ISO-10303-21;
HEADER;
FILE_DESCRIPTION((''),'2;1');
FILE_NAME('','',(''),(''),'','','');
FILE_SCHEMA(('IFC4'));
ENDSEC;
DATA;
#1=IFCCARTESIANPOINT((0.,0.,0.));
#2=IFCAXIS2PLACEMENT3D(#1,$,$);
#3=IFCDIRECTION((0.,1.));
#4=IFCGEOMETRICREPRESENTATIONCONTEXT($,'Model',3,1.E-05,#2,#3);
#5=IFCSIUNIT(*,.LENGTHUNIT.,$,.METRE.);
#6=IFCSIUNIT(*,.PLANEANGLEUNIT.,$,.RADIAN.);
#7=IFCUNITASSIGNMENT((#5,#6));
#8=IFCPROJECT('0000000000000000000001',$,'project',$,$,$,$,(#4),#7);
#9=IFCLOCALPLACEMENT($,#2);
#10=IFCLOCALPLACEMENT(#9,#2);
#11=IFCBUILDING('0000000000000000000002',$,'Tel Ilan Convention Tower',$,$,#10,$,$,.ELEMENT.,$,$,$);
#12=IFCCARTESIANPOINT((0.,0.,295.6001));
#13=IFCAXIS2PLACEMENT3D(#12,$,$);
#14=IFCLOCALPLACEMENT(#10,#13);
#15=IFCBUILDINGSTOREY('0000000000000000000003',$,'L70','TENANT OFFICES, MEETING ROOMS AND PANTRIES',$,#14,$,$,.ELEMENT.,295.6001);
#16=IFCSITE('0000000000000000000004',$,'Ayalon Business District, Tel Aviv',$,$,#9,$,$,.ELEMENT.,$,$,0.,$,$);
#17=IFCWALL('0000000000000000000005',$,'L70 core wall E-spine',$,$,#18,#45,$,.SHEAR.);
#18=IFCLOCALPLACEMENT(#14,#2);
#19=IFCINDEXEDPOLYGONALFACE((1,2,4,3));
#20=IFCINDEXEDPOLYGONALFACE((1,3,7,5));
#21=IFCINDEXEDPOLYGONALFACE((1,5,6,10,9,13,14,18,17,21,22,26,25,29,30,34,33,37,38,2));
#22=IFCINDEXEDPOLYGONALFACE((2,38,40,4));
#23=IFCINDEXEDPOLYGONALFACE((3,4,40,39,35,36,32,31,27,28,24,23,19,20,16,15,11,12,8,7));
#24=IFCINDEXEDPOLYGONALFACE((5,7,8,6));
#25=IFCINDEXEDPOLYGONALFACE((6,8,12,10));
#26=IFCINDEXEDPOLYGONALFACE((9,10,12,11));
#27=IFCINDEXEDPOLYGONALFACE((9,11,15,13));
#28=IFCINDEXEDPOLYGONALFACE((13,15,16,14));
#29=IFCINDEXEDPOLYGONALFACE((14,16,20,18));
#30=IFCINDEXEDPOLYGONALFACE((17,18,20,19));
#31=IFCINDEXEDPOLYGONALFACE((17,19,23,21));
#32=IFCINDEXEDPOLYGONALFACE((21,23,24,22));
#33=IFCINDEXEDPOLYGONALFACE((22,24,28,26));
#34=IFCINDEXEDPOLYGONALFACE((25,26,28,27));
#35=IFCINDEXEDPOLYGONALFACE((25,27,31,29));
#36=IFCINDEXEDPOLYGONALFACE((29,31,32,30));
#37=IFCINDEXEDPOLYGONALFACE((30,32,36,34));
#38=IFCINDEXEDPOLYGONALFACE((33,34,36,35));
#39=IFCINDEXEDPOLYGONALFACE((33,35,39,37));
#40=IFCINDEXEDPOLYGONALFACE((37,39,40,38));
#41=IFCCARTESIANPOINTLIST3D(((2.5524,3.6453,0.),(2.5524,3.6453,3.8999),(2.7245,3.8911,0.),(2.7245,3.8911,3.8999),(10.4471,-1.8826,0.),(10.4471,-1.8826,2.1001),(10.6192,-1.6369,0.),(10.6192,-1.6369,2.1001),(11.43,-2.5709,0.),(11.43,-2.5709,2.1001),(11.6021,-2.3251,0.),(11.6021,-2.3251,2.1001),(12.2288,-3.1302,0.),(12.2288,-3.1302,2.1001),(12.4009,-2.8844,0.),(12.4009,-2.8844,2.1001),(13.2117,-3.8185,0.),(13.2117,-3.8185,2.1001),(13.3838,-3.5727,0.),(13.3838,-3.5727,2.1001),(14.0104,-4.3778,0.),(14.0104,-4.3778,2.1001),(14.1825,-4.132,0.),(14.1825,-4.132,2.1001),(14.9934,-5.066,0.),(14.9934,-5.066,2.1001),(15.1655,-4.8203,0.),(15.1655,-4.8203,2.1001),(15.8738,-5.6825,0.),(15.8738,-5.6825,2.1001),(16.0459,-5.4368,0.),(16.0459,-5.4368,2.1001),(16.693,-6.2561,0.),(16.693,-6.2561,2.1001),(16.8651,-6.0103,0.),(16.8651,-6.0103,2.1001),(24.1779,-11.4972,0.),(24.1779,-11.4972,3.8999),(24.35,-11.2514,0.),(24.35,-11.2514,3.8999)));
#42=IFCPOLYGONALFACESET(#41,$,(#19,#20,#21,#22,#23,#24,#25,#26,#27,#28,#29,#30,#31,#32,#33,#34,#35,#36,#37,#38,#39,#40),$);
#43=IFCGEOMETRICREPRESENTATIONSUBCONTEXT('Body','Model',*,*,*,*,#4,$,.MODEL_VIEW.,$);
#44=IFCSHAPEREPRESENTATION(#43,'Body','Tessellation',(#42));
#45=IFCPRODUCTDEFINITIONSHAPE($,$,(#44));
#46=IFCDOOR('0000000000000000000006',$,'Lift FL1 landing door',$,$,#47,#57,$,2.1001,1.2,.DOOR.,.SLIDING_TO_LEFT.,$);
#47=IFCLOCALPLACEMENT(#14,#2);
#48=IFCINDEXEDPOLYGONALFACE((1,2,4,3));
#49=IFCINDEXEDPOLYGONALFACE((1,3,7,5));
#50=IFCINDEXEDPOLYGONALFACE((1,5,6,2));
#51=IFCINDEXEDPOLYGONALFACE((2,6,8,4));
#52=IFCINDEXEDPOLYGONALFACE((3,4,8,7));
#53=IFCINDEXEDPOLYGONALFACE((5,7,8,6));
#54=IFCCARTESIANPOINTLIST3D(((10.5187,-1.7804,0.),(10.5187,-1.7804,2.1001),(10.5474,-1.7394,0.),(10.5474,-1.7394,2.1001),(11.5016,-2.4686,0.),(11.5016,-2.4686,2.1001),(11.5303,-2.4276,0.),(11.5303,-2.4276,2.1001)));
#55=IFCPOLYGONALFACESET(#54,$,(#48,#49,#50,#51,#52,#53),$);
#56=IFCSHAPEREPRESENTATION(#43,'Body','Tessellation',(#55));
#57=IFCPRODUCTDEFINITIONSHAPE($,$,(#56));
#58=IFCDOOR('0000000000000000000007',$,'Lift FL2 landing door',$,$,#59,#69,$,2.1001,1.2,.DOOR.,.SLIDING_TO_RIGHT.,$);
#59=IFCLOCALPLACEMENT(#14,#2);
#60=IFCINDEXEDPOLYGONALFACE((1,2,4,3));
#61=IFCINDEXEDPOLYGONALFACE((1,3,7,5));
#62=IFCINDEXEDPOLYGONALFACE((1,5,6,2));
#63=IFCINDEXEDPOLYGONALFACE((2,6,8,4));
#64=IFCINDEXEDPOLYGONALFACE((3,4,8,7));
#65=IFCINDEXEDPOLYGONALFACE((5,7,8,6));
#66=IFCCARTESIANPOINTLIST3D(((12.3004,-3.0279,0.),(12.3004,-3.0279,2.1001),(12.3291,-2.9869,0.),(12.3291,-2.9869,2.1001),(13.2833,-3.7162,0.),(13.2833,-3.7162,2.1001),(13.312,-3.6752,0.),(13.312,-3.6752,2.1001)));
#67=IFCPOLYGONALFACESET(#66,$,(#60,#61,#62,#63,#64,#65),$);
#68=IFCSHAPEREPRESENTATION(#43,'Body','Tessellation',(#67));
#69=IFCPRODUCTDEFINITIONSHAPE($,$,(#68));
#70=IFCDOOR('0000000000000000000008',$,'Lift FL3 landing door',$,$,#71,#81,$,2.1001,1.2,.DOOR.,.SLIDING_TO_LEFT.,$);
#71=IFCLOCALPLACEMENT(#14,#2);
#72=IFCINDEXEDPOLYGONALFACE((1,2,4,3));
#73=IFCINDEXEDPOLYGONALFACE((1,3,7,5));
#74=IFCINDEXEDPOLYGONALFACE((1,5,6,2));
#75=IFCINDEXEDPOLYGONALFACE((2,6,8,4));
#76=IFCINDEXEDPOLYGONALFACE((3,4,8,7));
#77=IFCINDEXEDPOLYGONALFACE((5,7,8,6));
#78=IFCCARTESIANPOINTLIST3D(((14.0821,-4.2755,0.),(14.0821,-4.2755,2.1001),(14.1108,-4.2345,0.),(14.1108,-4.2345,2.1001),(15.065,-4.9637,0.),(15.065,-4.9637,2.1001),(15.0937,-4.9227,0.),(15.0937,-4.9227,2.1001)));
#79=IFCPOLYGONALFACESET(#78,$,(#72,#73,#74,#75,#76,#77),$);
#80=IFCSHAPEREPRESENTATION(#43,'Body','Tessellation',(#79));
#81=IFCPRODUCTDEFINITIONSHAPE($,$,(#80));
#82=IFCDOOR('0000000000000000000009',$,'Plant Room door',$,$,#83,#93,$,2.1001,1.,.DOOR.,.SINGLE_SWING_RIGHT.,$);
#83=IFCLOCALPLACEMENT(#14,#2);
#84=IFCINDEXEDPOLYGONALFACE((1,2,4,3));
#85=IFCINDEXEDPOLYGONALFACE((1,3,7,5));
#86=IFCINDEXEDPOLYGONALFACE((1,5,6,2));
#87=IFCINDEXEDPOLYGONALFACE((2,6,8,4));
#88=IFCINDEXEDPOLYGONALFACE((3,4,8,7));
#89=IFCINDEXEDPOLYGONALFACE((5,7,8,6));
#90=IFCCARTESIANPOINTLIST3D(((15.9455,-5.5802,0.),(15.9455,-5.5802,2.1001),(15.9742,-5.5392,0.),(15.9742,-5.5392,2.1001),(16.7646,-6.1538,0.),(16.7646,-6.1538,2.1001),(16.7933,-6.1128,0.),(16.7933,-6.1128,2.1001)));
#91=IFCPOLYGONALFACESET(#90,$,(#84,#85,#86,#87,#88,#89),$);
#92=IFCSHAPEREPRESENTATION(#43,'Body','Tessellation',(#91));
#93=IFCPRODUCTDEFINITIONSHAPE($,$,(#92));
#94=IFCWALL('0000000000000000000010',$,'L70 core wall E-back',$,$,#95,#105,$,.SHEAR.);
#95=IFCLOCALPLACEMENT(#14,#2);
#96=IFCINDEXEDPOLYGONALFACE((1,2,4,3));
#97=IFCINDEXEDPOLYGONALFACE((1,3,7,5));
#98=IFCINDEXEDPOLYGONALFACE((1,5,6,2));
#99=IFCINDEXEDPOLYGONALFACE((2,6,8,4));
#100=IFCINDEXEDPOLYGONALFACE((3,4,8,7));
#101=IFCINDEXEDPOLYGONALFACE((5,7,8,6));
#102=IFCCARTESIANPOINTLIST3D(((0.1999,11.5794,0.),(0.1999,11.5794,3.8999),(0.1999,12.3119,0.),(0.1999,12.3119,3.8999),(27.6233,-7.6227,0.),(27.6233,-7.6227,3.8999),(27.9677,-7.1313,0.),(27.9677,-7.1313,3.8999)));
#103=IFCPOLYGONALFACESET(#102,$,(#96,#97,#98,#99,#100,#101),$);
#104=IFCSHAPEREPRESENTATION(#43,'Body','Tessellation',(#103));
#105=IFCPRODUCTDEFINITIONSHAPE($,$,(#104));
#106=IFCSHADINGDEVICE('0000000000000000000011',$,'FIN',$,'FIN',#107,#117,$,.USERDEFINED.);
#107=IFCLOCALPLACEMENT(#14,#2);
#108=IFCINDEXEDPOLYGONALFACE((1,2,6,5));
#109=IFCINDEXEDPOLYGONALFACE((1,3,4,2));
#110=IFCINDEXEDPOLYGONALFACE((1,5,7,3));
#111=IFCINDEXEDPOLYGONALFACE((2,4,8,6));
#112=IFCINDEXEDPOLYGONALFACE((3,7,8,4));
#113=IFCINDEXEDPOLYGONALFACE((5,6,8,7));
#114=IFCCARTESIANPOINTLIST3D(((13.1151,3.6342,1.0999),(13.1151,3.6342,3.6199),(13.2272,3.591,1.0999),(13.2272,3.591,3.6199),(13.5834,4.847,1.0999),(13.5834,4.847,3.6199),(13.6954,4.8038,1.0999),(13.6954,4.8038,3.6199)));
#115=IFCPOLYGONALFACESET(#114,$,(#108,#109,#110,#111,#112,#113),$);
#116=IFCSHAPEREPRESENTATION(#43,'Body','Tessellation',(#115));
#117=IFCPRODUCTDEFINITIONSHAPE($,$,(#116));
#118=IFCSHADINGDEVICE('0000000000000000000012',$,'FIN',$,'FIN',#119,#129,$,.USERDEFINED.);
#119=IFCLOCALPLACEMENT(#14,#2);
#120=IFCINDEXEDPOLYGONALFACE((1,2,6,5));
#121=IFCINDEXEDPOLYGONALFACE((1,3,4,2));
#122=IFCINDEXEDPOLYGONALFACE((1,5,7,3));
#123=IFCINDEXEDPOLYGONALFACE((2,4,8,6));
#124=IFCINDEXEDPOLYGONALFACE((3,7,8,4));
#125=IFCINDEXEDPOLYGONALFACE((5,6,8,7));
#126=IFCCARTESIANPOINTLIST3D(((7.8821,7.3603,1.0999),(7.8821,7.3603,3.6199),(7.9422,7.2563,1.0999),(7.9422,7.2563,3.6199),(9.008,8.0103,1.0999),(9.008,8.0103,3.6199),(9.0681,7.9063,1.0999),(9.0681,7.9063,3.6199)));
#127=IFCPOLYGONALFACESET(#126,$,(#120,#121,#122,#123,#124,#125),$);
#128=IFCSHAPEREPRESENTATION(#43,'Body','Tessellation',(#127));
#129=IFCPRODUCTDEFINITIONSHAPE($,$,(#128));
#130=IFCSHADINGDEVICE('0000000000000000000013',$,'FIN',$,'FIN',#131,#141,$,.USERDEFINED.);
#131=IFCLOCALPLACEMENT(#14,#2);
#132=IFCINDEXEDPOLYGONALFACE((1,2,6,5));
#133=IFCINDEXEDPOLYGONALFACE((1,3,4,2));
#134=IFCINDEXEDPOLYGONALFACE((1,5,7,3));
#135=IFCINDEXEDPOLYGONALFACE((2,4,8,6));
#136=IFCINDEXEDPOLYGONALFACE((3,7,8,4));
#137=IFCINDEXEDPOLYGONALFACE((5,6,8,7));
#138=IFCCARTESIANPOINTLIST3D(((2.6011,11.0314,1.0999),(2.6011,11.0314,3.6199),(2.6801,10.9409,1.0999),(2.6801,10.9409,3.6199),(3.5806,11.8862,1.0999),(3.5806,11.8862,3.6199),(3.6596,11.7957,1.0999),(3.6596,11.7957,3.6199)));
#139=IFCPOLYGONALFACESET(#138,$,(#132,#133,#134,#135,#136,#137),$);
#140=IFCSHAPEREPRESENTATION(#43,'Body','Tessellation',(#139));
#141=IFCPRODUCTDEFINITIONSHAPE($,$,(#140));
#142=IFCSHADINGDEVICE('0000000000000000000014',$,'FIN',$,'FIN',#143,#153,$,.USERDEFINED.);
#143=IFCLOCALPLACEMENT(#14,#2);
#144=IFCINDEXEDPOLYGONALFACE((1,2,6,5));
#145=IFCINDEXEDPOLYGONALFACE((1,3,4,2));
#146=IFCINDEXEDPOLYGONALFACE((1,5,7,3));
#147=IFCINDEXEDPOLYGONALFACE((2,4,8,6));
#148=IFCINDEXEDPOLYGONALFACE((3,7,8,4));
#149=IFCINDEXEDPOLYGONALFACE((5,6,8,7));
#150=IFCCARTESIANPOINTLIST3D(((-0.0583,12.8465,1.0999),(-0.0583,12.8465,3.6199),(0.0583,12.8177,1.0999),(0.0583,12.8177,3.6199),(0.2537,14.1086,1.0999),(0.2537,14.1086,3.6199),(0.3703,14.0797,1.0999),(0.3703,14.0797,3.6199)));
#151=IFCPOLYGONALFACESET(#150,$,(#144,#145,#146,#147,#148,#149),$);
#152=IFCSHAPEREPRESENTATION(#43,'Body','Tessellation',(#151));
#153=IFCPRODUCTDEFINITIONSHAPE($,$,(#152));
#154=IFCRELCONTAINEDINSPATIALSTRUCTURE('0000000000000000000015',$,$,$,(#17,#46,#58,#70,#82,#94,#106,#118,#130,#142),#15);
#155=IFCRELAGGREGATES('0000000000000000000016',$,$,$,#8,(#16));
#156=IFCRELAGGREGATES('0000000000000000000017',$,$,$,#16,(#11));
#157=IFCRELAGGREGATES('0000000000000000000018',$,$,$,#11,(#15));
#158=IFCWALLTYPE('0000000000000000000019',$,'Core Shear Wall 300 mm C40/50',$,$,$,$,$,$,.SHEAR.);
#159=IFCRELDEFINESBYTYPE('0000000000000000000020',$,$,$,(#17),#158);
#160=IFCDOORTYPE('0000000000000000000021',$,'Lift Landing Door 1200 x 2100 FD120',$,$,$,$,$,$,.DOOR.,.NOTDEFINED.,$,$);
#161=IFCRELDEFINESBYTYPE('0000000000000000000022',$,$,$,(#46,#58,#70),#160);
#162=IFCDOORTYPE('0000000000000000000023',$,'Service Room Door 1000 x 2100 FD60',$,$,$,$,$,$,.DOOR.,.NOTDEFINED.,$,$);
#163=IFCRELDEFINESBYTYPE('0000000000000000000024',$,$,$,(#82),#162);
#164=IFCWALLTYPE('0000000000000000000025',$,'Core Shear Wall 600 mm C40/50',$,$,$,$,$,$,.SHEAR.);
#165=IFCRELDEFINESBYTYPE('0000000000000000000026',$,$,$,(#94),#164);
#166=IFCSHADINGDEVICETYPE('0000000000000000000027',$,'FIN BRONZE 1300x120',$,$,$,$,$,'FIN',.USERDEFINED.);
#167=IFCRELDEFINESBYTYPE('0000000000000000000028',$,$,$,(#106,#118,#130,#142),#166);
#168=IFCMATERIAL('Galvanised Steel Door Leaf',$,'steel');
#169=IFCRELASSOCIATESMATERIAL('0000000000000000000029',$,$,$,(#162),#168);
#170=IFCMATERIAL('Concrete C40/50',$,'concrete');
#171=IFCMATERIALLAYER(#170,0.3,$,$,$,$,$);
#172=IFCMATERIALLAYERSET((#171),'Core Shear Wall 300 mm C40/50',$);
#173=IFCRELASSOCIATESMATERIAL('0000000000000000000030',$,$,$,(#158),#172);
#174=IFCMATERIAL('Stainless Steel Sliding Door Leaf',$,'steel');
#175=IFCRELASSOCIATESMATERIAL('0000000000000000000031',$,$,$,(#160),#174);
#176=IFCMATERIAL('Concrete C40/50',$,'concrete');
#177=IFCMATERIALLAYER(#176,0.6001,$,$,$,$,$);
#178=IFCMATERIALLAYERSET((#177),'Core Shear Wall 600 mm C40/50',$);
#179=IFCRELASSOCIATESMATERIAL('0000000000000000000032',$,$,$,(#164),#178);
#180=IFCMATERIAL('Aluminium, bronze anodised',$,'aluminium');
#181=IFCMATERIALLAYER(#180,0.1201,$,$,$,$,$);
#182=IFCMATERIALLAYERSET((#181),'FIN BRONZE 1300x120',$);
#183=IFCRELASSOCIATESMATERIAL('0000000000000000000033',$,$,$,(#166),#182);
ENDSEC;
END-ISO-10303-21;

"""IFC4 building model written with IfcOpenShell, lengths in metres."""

from ifc_helpers import new_model, si_unit, direction, frame, frame_2d, origin, origin_2d, place, context, subcontext, project, spatial, polyline, rectangle, outline, extrude, material, layer, layer_set, type_object, element, fill, save


model = new_model("IFC4")

# Units and contexts
model_context = context("Model", 3, precision=1e-05, world=origin(), true_north=direction((0.0, 1.0)))
body_context = subcontext(model_context, "Body", "Model", "MODEL_VIEW")
ifc_project = project(units=[si_unit("LENGTHUNIT", "METRE"), si_unit("PLANEANGLEUNIT", "RADIAN")], contexts=[model_context])

# Site, building, storey
site_placement = place(None, origin())
site = spatial("IfcSite", under=ifc_project, at=site_placement, Name="Ayalon Business District, Tel Aviv", CompositionType="ELEMENT", RefElevation=0.0)
building_placement = place(site_placement, origin())
building = spatial("IfcBuilding", under=site, at=building_placement, Name="Tel Ilan Convention Tower", CompositionType="ELEMENT")
storey_placement = place(building_placement, frame((0.0, 0.0, 295.6001)))
storey = spatial("IfcBuildingStorey", under=building, at=storey_placement, Name="L70", Description="TENANT OFFICES, MEETING ROOMS AND PANTRIES", CompositionType="ELEMENT", Elevation=295.6001)

# Shared definitions
ifc_material_1 = material(Name="Galvanised Steel Door Leaf", Category="steel")
door_type_1 = type_object("IfcDoorType", Name="Service Room Door 1000 x 2100 FD60", OperationType="NOTDEFINED", PredefinedType="DOOR", material=ifc_material_1)

# Wall, openings, doors
ifc_material_2 = material(Name="Concrete C40/50", Category="concrete")
ifc_layer_1 = layer(ifc_material_2, 0.3)
ifc_layer_set_1 = layer_set([ifc_layer_1], Name="Core Shear Wall 300 mm C40/50")
wall_type_1 = type_object("IfcWallType", Name="Core Shear Wall 300 mm C40/50", PredefinedType="SHEAR", material=ifc_layer_set_1)
wall_1_placement = place(storey_placement, frame((2.6384, 3.7681, 0.0), z_axis=(0.0, 0.0, 1.0), x_axis=(0.819155, -0.573572, 0.0)))
wall_1 = element("IfcWall", 1, at=wall_1_placement, inside=storey, type_object=wall_type_1, Name="L70 core wall E-spine", PredefinedType="SHEAR", context=body_context, shape_type="SweptSolid", body=[
    extrude(outline(polyline([(0.0, 0.1501), (0.0, -0.1499), (26.3999, -0.1501), (26.3999, 0.1499), (0.0, 0.1501)])), origin(), (0.0, 0.0, 1.0), 3.8999),
])
opening_1_placement = place(wall_1_placement, frame((9.6375, 0.0, 0.0)))
opening_1 = element("IfcOpeningElement", 2, at=opening_1_placement, cuts=wall_1, PredefinedType="OPENING", context=body_context, shape_type="SweptSolid", body=[
    extrude(rectangle(XDim=1.2, YDim=2.1001, at=frame_2d((0.6001, 1.05))), frame((0.0, 0.1599, 0.0), z_axis=(0.0, -1.0, 0.0), x_axis=(1.0, 0.0, 0.0)), (0.0, 0.0, 1.0), 0.3201),
])
opening_2_placement = place(wall_1_placement, frame((11.8125, 0.0, 0.0)))
opening_2 = element("IfcOpeningElement", 3, at=opening_2_placement, cuts=wall_1, PredefinedType="OPENING", context=body_context, shape_type="SweptSolid", body=[
    extrude(rectangle(XDim=1.2, YDim=2.1001, at=frame_2d((0.6001, 1.05))), frame((0.0, 0.1599, 0.0), z_axis=(0.0, -1.0, 0.0), x_axis=(1.0, 0.0, 0.0)), (0.0, 0.0, 1.0), 0.3201),
])
opening_3_placement = place(wall_1_placement, frame((13.9875, 0.0, 0.0)))
opening_3 = element("IfcOpeningElement", 4, at=opening_3_placement, cuts=wall_1, PredefinedType="OPENING", context=body_context, shape_type="SweptSolid", body=[
    extrude(rectangle(XDim=1.2, YDim=2.1001, at=frame_2d((0.6001, 1.05))), frame((0.0, 0.1599, 0.0), z_axis=(0.0, -1.0, 0.0), x_axis=(1.0, 0.0, 0.0)), (0.0, 0.0, 1.0), 0.3201),
])
opening_4_placement = place(wall_1_placement, frame((16.2625, 0.0, 0.0)))
opening_4 = element("IfcOpeningElement", 5, at=opening_4_placement, cuts=wall_1, PredefinedType="OPENING", context=body_context, shape_type="SweptSolid", body=[
    extrude(rectangle(XDim=1.0, YDim=2.1001, at=frame_2d((0.5, 1.05))), frame((0.0, 0.1599, 0.0), z_axis=(0.0, -1.0, 0.0), x_axis=(1.0, 0.0, 0.0)), (0.0, 0.0, 1.0), 0.3201),
])
ifc_material_3 = material(Name="Stainless Steel Sliding Door Leaf", Category="steel")
door_type_2 = type_object("IfcDoorType", Name="Lift Landing Door 1200 x 2100 FD120", OperationType="NOTDEFINED", PredefinedType="DOOR", material=ifc_material_3)
door_1_placement = place(opening_1_placement, origin())
door_1 = element("IfcDoor", 6, at=door_1_placement, inside=storey, type_object=door_type_2, Name="Lift FL1 landing door", OperationType="SLIDING_TO_LEFT", OverallHeight=2.1001, OverallWidth=1.2, PredefinedType="DOOR", context=body_context, shape_type="SweptSolid", body=[
    extrude(rectangle(XDim=1.2, YDim=2.1001, at=frame_2d((0.6001, 1.05))), frame((0.0, 0.0249, 0.0), z_axis=(0.0, -1.0, 0.0), x_axis=(1.0, 0.0, 0.0)), (0.0, 0.0, 1.0), 0.05),
])
fill(opening_1, door_1)
door_2_placement = place(opening_2_placement, origin())
door_2 = element("IfcDoor", 7, at=door_2_placement, inside=storey, type_object=door_type_2, Name="Lift FL2 landing door", OperationType="SLIDING_TO_RIGHT", OverallHeight=2.1001, OverallWidth=1.2, PredefinedType="DOOR", context=body_context, shape_type="SweptSolid", body=[
    extrude(rectangle(XDim=1.2, YDim=2.1001, at=frame_2d((0.6001, 1.05))), frame((0.0, 0.0249, 0.0), z_axis=(0.0, -1.0, 0.0), x_axis=(1.0, 0.0, 0.0)), (0.0, 0.0, 1.0), 0.05),
])
fill(opening_2, door_2)
door_3_placement = place(opening_3_placement, origin())
door_3 = element("IfcDoor", 8, at=door_3_placement, inside=storey, type_object=door_type_2, Name="Lift FL3 landing door", OperationType="SLIDING_TO_LEFT", OverallHeight=2.1001, OverallWidth=1.2, PredefinedType="DOOR", context=body_context, shape_type="SweptSolid", body=[
    extrude(rectangle(XDim=1.2, YDim=2.1001, at=frame_2d((0.6001, 1.05))), frame((0.0, 0.0249, 0.0), z_axis=(0.0, -1.0, 0.0), x_axis=(1.0, 0.0, 0.0)), (0.0, 0.0, 1.0), 0.05),
])
fill(opening_3, door_3)
door_4_placement = place(opening_4_placement, origin())
door_4 = element("IfcDoor", 9, at=door_4_placement, inside=storey, type_object=door_type_1, Name="Plant Room door", OperationType="SINGLE_SWING_RIGHT", OverallHeight=2.1001, OverallWidth=1.0, PredefinedType="DOOR", context=body_context, shape_type="SweptSolid", body=[
    extrude(rectangle(XDim=1.0, YDim=2.1001, at=frame_2d((0.5, 1.05))), frame((0.0, 0.0249, 0.0), z_axis=(0.0, -1.0, 0.0), x_axis=(1.0, 0.0, 0.0)), (0.0, 0.0, 1.0), 0.05),
])
fill(opening_4, door_4)

# Wall
ifc_material_4 = material(Name="Concrete C40/50", Category="concrete")
ifc_layer_2 = layer(ifc_material_4, 0.6001)
ifc_layer_set_2 = layer_set([ifc_layer_2], Name="Core Shear Wall 600 mm C40/50")
wall_type_2 = type_object("IfcWallType", Name="Core Shear Wall 600 mm C40/50", PredefinedType="SHEAR", material=ifc_layer_set_2)
wall_2_placement = place(storey_placement, frame((0.0278, 12.0662, 0.0), z_axis=(0.0, 0.0, 1.0), x_axis=(0.819151, -0.573577, 0.0)))
element("IfcWall", 10, at=wall_2_placement, inside=storey, type_object=wall_type_2, Name="L70 core wall E-back", PredefinedType="SHEAR", context=body_context, shape_type="SweptSolid", body=[
    extrude(outline(polyline([(33.8982, 0.3), (0.0, 0.3), (0.4202, -0.3), (33.8979, -0.3), (33.8982, 0.3)])), origin(), (0.0, 0.0, 1.0), 3.8999),
])

# Shading devices
ifc_material_5 = material(Name="Aluminium, bronze anodised", Category="aluminium")
ifc_layer_3 = layer(ifc_material_5, 0.1201)
ifc_layer_set_3 = layer_set([ifc_layer_3], Name="FIN BRONZE 1300x120")
shading_device_type_1 = type_object("IfcShadingDeviceType", Name="FIN BRONZE 1300x120", ElementType="FIN", PredefinedType="USERDEFINED", material=ifc_layer_set_3)
for number, where, z_axis, x_axis, name in (
    (11, (13.4053, 4.219, 1.0999), (0.0, 0.0, 1.0), (0.360178, 0.932884, 0.0), "FIN"),
    (12, (8.4751, 7.6333, 1.0999), (0.0, 0.0, 1.0), (0.866025, 0.5, 0.0), "FIN"),
    (13, (3.1304, 11.4136, 1.0999), (0.0, 0.0, 1.0), (0.753436, 0.657521, 0.0), "FIN"),
    (14, (0.156, 13.4631, 1.0999), (0.0, 0.0, 1.0), (0.24004, 0.970763, 0.0), "FIN"),
):
    element("IfcShadingDevice", number, at=place(storey_placement, frame(where, z_axis=z_axis, x_axis=x_axis)), inside=storey, type_object=shading_device_type_1, Name=name, ObjectType="FIN", PredefinedType="USERDEFINED", context=body_context, shape_type="SweptSolid", body=[
        extrude(rectangle(XDim=1.3, YDim=0.1201, at=origin_2d()), origin(), (0.0, 0.0, 1.0), 2.52),
    ])

save(model, "model.ifc")
